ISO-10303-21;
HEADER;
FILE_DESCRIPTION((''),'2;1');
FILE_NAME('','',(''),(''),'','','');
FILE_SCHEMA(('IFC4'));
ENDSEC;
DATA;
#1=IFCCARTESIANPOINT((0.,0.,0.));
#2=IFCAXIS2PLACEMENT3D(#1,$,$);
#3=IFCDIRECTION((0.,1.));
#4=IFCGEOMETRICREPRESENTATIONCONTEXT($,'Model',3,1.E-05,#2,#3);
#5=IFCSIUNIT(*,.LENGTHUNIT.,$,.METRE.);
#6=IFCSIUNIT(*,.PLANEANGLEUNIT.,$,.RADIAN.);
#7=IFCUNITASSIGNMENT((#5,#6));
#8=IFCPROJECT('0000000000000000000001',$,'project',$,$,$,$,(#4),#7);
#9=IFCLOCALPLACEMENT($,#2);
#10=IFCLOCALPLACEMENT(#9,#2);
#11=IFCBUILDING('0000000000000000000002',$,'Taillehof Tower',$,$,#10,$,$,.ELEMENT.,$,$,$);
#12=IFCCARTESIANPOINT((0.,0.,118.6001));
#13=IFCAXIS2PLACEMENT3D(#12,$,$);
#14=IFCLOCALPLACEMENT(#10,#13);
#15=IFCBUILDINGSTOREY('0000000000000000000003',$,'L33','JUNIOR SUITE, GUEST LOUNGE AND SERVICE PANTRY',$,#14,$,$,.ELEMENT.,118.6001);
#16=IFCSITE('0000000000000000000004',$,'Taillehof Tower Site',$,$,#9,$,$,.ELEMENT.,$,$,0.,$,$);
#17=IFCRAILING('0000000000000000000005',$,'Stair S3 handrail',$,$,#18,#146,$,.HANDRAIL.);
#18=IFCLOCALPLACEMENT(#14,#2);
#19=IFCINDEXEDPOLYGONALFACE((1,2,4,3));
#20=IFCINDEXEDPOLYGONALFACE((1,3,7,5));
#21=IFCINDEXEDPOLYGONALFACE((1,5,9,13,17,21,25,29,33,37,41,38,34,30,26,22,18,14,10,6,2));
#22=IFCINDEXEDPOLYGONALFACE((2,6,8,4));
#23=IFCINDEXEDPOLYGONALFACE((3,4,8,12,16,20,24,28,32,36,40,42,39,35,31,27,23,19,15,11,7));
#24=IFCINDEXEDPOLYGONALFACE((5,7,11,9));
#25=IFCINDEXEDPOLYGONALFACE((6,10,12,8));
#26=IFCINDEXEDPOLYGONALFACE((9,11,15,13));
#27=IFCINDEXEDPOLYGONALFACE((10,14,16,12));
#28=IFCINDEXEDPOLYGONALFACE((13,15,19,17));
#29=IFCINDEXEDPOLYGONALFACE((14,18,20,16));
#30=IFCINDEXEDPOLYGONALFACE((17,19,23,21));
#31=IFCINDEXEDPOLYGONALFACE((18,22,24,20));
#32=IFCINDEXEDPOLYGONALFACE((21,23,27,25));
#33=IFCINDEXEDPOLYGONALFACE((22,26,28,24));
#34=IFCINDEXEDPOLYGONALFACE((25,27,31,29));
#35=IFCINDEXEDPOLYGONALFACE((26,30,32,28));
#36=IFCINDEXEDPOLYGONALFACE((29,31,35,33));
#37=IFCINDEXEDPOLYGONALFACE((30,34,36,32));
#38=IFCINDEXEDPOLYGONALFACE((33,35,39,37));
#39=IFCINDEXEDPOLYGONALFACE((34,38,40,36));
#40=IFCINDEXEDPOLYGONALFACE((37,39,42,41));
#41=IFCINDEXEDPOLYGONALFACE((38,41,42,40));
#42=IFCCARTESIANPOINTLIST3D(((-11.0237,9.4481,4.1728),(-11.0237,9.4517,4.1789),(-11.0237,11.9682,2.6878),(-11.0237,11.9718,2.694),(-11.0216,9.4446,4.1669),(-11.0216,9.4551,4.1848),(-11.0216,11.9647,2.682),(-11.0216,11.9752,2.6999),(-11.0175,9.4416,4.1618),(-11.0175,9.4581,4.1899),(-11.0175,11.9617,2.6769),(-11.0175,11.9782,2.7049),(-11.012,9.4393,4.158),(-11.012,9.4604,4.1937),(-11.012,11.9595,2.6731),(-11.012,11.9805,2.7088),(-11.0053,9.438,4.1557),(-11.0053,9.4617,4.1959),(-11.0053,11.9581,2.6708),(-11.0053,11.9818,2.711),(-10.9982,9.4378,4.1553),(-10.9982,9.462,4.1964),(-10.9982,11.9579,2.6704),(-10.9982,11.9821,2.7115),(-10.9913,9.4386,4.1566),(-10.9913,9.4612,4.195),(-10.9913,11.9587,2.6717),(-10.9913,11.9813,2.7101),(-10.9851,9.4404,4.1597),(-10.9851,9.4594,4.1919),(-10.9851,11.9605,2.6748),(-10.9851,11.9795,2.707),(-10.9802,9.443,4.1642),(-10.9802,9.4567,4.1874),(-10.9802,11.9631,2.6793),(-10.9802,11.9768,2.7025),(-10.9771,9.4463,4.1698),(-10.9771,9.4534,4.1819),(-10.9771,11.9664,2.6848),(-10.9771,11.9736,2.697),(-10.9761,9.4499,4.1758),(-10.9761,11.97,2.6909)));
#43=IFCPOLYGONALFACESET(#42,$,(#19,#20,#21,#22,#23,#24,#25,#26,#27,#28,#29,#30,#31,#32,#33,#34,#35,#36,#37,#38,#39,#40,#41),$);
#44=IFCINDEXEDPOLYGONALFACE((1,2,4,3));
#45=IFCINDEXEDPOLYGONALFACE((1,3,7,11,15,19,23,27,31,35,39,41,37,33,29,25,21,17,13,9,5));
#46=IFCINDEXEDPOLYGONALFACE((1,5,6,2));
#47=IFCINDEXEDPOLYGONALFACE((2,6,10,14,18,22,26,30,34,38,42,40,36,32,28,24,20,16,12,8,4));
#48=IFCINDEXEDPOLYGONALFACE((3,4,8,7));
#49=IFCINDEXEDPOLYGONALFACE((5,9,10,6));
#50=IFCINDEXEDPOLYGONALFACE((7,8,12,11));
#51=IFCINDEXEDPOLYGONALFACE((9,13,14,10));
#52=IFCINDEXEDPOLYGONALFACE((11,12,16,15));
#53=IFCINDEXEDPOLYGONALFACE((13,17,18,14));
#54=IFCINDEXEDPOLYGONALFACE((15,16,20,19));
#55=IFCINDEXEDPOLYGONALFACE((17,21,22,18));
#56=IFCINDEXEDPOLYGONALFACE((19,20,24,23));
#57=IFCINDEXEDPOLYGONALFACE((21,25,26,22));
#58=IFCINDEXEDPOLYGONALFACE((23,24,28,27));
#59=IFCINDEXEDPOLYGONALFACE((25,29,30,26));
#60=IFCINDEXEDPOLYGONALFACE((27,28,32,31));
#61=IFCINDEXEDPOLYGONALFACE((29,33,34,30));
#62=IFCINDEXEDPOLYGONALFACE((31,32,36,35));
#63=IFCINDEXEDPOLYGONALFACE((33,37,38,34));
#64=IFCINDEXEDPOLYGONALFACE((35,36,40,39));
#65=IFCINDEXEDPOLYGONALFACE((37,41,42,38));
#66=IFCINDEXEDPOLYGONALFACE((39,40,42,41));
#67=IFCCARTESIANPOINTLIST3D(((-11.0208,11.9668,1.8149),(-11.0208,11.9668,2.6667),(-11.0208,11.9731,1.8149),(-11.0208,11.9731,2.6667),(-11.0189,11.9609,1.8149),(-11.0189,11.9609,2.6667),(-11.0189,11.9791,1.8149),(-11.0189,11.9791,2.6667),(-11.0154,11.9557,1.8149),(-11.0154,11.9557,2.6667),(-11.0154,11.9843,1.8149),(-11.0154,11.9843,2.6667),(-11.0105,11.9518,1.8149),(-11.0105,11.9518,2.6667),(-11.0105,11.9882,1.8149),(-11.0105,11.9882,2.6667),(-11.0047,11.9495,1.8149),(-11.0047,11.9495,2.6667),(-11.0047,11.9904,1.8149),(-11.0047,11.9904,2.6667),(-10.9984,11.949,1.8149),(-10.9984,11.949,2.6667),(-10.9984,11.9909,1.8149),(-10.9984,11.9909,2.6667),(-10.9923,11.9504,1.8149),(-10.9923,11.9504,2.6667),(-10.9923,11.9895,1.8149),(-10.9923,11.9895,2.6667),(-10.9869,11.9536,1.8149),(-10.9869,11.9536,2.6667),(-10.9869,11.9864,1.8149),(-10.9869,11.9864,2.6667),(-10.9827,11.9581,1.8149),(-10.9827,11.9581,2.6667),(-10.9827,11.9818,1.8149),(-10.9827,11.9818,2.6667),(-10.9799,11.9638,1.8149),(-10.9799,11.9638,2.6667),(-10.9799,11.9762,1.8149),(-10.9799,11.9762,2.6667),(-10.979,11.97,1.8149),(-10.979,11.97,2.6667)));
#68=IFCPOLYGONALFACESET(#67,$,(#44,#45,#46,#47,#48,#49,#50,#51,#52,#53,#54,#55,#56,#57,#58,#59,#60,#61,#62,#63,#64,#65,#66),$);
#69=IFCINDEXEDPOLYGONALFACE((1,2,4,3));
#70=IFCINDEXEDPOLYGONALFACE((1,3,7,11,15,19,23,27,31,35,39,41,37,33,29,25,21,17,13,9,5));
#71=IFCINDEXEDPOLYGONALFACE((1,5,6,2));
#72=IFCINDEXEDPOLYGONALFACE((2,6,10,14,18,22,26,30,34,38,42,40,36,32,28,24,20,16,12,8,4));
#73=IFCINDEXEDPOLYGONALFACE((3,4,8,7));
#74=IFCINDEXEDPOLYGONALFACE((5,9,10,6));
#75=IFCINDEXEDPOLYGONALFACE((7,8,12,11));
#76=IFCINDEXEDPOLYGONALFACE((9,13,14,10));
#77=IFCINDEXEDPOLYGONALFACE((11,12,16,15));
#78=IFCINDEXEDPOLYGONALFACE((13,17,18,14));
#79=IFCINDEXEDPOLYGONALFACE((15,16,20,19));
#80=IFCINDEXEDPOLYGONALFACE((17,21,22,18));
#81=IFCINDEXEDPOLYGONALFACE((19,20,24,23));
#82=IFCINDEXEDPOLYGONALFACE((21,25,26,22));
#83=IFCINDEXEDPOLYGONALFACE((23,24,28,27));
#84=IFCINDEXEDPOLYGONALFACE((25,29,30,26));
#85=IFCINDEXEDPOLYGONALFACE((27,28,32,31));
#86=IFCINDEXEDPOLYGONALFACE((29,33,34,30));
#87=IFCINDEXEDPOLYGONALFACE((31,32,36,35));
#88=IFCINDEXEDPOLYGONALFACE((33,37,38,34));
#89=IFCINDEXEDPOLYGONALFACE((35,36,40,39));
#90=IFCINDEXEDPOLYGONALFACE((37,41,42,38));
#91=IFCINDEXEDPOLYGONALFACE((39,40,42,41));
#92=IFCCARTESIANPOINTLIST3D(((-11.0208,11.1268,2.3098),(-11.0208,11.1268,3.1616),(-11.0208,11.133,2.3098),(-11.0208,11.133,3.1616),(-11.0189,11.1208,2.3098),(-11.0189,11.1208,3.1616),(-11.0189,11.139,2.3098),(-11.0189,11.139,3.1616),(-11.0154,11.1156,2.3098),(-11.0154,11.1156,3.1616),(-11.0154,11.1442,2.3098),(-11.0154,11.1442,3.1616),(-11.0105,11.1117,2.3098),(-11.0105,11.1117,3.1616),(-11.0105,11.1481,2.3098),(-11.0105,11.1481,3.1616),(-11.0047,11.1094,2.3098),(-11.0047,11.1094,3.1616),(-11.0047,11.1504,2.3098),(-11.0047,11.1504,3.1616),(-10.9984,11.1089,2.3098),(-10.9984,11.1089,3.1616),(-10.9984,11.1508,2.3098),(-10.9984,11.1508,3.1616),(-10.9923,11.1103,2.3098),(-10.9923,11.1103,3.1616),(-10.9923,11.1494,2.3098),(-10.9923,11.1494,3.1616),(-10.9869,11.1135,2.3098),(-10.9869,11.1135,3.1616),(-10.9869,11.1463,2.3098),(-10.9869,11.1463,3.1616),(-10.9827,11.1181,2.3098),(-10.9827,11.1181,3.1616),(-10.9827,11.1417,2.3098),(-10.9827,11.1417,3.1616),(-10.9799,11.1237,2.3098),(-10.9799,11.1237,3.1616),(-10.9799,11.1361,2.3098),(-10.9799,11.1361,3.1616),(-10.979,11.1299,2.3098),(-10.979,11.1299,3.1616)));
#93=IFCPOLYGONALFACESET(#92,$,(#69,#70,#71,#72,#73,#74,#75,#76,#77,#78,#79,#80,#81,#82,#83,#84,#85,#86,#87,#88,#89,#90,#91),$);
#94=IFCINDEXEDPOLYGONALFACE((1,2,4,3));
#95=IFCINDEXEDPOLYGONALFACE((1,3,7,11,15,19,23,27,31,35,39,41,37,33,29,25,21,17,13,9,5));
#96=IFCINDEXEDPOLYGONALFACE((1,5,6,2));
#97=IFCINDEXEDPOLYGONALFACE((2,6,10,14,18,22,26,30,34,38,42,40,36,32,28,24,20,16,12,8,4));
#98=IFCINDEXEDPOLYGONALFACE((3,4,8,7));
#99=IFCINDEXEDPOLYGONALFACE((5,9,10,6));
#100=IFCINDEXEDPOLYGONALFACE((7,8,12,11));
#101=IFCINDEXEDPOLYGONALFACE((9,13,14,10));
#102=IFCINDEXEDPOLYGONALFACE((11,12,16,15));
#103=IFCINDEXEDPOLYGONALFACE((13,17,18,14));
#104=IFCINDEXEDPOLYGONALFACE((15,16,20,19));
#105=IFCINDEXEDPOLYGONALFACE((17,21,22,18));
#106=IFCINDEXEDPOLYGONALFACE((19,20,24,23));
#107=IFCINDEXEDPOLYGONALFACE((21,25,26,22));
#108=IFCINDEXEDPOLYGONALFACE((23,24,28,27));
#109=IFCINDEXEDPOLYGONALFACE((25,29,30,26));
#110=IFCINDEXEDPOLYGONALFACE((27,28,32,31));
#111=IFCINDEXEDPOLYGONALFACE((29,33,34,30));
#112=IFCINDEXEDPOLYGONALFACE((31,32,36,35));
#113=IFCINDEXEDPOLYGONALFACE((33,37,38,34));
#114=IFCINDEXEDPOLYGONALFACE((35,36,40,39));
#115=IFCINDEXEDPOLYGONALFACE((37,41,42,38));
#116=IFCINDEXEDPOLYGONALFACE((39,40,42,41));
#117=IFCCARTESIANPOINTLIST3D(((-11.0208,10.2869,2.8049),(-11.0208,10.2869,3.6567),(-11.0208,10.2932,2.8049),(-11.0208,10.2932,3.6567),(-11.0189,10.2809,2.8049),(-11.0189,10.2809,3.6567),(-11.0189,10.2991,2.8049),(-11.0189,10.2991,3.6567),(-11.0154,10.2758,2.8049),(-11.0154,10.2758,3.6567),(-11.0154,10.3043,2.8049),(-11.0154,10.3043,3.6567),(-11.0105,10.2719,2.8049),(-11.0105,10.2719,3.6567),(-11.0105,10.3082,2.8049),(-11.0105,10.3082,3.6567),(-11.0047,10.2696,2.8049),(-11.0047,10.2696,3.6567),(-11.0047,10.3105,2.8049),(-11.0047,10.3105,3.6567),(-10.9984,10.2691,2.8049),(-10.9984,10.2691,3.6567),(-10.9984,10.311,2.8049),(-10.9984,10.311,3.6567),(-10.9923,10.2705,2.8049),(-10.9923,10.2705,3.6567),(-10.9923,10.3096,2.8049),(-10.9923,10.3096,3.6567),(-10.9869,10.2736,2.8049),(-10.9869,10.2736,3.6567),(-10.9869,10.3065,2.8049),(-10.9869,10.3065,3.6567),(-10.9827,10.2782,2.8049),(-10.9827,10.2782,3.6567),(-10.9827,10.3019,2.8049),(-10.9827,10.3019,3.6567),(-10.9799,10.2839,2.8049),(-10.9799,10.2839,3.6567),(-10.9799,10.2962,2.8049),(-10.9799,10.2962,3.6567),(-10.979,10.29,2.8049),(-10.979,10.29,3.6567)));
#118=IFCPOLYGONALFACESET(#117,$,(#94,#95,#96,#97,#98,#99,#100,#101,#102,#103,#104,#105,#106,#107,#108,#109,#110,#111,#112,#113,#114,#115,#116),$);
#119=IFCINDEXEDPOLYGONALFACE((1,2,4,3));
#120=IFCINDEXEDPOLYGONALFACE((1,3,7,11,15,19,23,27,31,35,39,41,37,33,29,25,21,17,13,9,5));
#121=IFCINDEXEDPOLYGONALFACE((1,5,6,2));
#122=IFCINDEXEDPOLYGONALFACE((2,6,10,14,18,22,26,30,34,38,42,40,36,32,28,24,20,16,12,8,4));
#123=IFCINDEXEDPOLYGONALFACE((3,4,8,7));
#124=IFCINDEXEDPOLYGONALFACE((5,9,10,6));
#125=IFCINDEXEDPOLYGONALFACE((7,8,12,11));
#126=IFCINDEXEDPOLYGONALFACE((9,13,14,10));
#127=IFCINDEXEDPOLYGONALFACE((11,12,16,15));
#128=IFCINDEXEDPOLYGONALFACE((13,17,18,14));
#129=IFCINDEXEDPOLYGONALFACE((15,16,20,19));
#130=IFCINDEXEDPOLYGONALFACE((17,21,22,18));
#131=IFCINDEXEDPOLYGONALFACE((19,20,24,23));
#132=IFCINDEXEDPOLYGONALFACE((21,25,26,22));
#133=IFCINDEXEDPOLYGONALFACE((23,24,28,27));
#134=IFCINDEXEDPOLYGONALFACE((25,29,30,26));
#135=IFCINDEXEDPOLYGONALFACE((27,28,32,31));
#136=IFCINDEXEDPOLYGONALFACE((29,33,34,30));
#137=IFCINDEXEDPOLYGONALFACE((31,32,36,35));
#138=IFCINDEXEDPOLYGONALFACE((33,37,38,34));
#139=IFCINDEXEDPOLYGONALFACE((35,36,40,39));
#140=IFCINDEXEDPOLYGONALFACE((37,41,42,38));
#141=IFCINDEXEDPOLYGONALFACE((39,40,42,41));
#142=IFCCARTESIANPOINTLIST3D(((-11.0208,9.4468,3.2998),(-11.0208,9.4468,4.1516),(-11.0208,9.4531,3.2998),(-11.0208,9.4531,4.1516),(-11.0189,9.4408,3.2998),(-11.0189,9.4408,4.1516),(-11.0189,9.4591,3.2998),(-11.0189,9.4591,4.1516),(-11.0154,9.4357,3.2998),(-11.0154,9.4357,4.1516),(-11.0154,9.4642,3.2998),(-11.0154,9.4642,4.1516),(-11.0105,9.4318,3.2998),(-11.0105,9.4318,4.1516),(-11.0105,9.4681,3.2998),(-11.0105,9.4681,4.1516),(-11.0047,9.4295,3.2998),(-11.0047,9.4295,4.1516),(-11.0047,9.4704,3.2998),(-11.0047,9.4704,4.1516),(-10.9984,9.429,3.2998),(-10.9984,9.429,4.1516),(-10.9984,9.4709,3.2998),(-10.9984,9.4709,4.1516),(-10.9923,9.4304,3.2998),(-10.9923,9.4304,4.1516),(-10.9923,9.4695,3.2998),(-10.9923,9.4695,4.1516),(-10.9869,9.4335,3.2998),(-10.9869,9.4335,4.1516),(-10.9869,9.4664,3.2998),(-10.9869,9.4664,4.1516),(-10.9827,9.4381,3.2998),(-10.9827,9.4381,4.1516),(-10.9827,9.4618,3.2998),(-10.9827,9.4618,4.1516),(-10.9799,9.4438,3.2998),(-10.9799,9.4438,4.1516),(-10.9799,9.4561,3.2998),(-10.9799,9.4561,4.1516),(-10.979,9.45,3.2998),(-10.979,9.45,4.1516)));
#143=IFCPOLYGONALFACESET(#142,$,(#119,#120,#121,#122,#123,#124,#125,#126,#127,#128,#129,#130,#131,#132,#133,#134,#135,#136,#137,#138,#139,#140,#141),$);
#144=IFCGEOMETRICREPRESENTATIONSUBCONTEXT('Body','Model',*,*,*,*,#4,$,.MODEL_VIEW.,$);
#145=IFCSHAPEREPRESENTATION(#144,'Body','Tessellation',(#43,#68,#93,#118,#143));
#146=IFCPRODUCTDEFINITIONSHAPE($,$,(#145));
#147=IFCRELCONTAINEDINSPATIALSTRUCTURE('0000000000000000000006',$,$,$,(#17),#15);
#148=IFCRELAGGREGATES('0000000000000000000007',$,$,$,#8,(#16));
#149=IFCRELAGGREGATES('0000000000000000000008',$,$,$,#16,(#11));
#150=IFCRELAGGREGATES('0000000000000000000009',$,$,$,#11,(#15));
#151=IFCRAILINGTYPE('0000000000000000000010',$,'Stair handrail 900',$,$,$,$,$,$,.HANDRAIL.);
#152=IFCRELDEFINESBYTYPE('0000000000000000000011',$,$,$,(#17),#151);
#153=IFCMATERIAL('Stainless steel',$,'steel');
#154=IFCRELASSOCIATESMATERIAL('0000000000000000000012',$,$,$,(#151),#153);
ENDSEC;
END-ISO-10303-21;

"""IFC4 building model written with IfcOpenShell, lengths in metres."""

from ifc_helpers import new_model, si_unit, direction, frame, origin, origin_2d, place, context, subcontext, project, spatial, circle, extrude, material, type_object, element, save


model = new_model("IFC4")

# Units and contexts
model_context = context("Model", 3, precision=1e-05, world=origin(), true_north=direction((0.0, 1.0)))
body_context = subcontext(model_context, "Body", "Model", "MODEL_VIEW")
ifc_project = project(units=[si_unit("LENGTHUNIT", "METRE"), si_unit("PLANEANGLEUNIT", "RADIAN")], contexts=[model_context])

# Site, building, storey
site_placement = place(None, origin())
site = spatial("IfcSite", under=ifc_project, at=site_placement, Name="Taillehof Tower Site", CompositionType="ELEMENT", RefElevation=0.0)
building_placement = place(site_placement, origin())
building = spatial("IfcBuilding", under=site, at=building_placement, Name="Taillehof Tower", CompositionType="ELEMENT")
storey_placement = place(building_placement, frame((0.0, 0.0, 118.6001)))
storey = spatial("IfcBuildingStorey", under=building, at=storey_placement, Name="L33", Description="JUNIOR SUITE, GUEST LOUNGE AND SERVICE PANTRY", CompositionType="ELEMENT", Elevation=118.6001)

# Railing
ifc_material_1 = material(Name="Stainless steel", Category="steel")
railing_type = type_object("IfcRailingType", Name="Stair handrail 900", PredefinedType="HANDRAIL", material=ifc_material_1)
railing_placement = place(storey_placement, frame((-11.0, 11.97, 1.8149)))
element("IfcRailing", 1, at=railing_placement, inside=storey, type_object=railing_type, Name="Stair S3 handrail", PredefinedType="HANDRAIL", context=body_context, shape_type="SweptSolid", body=[
    extrude(circle(Radius=0.0239, at=origin_2d()), frame((0.0, 0.0, 0.876), z_axis=(0.0, -0.861561, 0.507655), x_axis=(1.0, 0.0, 0.0)), (0.0, 0.0, 1.0), 2.925),
    extrude(circle(Radius=0.021, at=origin_2d()), origin(), (0.0, 0.0, 1.0), 0.8518),
    extrude(circle(Radius=0.021, at=origin_2d()), frame((0.0, -0.8401, 0.4949)), (0.0, 0.0, 1.0), 0.8518),
    extrude(circle(Radius=0.021, at=origin_2d()), frame((0.0, -1.6799, 0.99)), (0.0, 0.0, 1.0), 0.8518),
    extrude(circle(Radius=0.021, at=origin_2d()), frame((0.0, -2.52, 1.4849)), (0.0, 0.0, 1.0), 0.8518),
])

save(model, "model.ifc")
